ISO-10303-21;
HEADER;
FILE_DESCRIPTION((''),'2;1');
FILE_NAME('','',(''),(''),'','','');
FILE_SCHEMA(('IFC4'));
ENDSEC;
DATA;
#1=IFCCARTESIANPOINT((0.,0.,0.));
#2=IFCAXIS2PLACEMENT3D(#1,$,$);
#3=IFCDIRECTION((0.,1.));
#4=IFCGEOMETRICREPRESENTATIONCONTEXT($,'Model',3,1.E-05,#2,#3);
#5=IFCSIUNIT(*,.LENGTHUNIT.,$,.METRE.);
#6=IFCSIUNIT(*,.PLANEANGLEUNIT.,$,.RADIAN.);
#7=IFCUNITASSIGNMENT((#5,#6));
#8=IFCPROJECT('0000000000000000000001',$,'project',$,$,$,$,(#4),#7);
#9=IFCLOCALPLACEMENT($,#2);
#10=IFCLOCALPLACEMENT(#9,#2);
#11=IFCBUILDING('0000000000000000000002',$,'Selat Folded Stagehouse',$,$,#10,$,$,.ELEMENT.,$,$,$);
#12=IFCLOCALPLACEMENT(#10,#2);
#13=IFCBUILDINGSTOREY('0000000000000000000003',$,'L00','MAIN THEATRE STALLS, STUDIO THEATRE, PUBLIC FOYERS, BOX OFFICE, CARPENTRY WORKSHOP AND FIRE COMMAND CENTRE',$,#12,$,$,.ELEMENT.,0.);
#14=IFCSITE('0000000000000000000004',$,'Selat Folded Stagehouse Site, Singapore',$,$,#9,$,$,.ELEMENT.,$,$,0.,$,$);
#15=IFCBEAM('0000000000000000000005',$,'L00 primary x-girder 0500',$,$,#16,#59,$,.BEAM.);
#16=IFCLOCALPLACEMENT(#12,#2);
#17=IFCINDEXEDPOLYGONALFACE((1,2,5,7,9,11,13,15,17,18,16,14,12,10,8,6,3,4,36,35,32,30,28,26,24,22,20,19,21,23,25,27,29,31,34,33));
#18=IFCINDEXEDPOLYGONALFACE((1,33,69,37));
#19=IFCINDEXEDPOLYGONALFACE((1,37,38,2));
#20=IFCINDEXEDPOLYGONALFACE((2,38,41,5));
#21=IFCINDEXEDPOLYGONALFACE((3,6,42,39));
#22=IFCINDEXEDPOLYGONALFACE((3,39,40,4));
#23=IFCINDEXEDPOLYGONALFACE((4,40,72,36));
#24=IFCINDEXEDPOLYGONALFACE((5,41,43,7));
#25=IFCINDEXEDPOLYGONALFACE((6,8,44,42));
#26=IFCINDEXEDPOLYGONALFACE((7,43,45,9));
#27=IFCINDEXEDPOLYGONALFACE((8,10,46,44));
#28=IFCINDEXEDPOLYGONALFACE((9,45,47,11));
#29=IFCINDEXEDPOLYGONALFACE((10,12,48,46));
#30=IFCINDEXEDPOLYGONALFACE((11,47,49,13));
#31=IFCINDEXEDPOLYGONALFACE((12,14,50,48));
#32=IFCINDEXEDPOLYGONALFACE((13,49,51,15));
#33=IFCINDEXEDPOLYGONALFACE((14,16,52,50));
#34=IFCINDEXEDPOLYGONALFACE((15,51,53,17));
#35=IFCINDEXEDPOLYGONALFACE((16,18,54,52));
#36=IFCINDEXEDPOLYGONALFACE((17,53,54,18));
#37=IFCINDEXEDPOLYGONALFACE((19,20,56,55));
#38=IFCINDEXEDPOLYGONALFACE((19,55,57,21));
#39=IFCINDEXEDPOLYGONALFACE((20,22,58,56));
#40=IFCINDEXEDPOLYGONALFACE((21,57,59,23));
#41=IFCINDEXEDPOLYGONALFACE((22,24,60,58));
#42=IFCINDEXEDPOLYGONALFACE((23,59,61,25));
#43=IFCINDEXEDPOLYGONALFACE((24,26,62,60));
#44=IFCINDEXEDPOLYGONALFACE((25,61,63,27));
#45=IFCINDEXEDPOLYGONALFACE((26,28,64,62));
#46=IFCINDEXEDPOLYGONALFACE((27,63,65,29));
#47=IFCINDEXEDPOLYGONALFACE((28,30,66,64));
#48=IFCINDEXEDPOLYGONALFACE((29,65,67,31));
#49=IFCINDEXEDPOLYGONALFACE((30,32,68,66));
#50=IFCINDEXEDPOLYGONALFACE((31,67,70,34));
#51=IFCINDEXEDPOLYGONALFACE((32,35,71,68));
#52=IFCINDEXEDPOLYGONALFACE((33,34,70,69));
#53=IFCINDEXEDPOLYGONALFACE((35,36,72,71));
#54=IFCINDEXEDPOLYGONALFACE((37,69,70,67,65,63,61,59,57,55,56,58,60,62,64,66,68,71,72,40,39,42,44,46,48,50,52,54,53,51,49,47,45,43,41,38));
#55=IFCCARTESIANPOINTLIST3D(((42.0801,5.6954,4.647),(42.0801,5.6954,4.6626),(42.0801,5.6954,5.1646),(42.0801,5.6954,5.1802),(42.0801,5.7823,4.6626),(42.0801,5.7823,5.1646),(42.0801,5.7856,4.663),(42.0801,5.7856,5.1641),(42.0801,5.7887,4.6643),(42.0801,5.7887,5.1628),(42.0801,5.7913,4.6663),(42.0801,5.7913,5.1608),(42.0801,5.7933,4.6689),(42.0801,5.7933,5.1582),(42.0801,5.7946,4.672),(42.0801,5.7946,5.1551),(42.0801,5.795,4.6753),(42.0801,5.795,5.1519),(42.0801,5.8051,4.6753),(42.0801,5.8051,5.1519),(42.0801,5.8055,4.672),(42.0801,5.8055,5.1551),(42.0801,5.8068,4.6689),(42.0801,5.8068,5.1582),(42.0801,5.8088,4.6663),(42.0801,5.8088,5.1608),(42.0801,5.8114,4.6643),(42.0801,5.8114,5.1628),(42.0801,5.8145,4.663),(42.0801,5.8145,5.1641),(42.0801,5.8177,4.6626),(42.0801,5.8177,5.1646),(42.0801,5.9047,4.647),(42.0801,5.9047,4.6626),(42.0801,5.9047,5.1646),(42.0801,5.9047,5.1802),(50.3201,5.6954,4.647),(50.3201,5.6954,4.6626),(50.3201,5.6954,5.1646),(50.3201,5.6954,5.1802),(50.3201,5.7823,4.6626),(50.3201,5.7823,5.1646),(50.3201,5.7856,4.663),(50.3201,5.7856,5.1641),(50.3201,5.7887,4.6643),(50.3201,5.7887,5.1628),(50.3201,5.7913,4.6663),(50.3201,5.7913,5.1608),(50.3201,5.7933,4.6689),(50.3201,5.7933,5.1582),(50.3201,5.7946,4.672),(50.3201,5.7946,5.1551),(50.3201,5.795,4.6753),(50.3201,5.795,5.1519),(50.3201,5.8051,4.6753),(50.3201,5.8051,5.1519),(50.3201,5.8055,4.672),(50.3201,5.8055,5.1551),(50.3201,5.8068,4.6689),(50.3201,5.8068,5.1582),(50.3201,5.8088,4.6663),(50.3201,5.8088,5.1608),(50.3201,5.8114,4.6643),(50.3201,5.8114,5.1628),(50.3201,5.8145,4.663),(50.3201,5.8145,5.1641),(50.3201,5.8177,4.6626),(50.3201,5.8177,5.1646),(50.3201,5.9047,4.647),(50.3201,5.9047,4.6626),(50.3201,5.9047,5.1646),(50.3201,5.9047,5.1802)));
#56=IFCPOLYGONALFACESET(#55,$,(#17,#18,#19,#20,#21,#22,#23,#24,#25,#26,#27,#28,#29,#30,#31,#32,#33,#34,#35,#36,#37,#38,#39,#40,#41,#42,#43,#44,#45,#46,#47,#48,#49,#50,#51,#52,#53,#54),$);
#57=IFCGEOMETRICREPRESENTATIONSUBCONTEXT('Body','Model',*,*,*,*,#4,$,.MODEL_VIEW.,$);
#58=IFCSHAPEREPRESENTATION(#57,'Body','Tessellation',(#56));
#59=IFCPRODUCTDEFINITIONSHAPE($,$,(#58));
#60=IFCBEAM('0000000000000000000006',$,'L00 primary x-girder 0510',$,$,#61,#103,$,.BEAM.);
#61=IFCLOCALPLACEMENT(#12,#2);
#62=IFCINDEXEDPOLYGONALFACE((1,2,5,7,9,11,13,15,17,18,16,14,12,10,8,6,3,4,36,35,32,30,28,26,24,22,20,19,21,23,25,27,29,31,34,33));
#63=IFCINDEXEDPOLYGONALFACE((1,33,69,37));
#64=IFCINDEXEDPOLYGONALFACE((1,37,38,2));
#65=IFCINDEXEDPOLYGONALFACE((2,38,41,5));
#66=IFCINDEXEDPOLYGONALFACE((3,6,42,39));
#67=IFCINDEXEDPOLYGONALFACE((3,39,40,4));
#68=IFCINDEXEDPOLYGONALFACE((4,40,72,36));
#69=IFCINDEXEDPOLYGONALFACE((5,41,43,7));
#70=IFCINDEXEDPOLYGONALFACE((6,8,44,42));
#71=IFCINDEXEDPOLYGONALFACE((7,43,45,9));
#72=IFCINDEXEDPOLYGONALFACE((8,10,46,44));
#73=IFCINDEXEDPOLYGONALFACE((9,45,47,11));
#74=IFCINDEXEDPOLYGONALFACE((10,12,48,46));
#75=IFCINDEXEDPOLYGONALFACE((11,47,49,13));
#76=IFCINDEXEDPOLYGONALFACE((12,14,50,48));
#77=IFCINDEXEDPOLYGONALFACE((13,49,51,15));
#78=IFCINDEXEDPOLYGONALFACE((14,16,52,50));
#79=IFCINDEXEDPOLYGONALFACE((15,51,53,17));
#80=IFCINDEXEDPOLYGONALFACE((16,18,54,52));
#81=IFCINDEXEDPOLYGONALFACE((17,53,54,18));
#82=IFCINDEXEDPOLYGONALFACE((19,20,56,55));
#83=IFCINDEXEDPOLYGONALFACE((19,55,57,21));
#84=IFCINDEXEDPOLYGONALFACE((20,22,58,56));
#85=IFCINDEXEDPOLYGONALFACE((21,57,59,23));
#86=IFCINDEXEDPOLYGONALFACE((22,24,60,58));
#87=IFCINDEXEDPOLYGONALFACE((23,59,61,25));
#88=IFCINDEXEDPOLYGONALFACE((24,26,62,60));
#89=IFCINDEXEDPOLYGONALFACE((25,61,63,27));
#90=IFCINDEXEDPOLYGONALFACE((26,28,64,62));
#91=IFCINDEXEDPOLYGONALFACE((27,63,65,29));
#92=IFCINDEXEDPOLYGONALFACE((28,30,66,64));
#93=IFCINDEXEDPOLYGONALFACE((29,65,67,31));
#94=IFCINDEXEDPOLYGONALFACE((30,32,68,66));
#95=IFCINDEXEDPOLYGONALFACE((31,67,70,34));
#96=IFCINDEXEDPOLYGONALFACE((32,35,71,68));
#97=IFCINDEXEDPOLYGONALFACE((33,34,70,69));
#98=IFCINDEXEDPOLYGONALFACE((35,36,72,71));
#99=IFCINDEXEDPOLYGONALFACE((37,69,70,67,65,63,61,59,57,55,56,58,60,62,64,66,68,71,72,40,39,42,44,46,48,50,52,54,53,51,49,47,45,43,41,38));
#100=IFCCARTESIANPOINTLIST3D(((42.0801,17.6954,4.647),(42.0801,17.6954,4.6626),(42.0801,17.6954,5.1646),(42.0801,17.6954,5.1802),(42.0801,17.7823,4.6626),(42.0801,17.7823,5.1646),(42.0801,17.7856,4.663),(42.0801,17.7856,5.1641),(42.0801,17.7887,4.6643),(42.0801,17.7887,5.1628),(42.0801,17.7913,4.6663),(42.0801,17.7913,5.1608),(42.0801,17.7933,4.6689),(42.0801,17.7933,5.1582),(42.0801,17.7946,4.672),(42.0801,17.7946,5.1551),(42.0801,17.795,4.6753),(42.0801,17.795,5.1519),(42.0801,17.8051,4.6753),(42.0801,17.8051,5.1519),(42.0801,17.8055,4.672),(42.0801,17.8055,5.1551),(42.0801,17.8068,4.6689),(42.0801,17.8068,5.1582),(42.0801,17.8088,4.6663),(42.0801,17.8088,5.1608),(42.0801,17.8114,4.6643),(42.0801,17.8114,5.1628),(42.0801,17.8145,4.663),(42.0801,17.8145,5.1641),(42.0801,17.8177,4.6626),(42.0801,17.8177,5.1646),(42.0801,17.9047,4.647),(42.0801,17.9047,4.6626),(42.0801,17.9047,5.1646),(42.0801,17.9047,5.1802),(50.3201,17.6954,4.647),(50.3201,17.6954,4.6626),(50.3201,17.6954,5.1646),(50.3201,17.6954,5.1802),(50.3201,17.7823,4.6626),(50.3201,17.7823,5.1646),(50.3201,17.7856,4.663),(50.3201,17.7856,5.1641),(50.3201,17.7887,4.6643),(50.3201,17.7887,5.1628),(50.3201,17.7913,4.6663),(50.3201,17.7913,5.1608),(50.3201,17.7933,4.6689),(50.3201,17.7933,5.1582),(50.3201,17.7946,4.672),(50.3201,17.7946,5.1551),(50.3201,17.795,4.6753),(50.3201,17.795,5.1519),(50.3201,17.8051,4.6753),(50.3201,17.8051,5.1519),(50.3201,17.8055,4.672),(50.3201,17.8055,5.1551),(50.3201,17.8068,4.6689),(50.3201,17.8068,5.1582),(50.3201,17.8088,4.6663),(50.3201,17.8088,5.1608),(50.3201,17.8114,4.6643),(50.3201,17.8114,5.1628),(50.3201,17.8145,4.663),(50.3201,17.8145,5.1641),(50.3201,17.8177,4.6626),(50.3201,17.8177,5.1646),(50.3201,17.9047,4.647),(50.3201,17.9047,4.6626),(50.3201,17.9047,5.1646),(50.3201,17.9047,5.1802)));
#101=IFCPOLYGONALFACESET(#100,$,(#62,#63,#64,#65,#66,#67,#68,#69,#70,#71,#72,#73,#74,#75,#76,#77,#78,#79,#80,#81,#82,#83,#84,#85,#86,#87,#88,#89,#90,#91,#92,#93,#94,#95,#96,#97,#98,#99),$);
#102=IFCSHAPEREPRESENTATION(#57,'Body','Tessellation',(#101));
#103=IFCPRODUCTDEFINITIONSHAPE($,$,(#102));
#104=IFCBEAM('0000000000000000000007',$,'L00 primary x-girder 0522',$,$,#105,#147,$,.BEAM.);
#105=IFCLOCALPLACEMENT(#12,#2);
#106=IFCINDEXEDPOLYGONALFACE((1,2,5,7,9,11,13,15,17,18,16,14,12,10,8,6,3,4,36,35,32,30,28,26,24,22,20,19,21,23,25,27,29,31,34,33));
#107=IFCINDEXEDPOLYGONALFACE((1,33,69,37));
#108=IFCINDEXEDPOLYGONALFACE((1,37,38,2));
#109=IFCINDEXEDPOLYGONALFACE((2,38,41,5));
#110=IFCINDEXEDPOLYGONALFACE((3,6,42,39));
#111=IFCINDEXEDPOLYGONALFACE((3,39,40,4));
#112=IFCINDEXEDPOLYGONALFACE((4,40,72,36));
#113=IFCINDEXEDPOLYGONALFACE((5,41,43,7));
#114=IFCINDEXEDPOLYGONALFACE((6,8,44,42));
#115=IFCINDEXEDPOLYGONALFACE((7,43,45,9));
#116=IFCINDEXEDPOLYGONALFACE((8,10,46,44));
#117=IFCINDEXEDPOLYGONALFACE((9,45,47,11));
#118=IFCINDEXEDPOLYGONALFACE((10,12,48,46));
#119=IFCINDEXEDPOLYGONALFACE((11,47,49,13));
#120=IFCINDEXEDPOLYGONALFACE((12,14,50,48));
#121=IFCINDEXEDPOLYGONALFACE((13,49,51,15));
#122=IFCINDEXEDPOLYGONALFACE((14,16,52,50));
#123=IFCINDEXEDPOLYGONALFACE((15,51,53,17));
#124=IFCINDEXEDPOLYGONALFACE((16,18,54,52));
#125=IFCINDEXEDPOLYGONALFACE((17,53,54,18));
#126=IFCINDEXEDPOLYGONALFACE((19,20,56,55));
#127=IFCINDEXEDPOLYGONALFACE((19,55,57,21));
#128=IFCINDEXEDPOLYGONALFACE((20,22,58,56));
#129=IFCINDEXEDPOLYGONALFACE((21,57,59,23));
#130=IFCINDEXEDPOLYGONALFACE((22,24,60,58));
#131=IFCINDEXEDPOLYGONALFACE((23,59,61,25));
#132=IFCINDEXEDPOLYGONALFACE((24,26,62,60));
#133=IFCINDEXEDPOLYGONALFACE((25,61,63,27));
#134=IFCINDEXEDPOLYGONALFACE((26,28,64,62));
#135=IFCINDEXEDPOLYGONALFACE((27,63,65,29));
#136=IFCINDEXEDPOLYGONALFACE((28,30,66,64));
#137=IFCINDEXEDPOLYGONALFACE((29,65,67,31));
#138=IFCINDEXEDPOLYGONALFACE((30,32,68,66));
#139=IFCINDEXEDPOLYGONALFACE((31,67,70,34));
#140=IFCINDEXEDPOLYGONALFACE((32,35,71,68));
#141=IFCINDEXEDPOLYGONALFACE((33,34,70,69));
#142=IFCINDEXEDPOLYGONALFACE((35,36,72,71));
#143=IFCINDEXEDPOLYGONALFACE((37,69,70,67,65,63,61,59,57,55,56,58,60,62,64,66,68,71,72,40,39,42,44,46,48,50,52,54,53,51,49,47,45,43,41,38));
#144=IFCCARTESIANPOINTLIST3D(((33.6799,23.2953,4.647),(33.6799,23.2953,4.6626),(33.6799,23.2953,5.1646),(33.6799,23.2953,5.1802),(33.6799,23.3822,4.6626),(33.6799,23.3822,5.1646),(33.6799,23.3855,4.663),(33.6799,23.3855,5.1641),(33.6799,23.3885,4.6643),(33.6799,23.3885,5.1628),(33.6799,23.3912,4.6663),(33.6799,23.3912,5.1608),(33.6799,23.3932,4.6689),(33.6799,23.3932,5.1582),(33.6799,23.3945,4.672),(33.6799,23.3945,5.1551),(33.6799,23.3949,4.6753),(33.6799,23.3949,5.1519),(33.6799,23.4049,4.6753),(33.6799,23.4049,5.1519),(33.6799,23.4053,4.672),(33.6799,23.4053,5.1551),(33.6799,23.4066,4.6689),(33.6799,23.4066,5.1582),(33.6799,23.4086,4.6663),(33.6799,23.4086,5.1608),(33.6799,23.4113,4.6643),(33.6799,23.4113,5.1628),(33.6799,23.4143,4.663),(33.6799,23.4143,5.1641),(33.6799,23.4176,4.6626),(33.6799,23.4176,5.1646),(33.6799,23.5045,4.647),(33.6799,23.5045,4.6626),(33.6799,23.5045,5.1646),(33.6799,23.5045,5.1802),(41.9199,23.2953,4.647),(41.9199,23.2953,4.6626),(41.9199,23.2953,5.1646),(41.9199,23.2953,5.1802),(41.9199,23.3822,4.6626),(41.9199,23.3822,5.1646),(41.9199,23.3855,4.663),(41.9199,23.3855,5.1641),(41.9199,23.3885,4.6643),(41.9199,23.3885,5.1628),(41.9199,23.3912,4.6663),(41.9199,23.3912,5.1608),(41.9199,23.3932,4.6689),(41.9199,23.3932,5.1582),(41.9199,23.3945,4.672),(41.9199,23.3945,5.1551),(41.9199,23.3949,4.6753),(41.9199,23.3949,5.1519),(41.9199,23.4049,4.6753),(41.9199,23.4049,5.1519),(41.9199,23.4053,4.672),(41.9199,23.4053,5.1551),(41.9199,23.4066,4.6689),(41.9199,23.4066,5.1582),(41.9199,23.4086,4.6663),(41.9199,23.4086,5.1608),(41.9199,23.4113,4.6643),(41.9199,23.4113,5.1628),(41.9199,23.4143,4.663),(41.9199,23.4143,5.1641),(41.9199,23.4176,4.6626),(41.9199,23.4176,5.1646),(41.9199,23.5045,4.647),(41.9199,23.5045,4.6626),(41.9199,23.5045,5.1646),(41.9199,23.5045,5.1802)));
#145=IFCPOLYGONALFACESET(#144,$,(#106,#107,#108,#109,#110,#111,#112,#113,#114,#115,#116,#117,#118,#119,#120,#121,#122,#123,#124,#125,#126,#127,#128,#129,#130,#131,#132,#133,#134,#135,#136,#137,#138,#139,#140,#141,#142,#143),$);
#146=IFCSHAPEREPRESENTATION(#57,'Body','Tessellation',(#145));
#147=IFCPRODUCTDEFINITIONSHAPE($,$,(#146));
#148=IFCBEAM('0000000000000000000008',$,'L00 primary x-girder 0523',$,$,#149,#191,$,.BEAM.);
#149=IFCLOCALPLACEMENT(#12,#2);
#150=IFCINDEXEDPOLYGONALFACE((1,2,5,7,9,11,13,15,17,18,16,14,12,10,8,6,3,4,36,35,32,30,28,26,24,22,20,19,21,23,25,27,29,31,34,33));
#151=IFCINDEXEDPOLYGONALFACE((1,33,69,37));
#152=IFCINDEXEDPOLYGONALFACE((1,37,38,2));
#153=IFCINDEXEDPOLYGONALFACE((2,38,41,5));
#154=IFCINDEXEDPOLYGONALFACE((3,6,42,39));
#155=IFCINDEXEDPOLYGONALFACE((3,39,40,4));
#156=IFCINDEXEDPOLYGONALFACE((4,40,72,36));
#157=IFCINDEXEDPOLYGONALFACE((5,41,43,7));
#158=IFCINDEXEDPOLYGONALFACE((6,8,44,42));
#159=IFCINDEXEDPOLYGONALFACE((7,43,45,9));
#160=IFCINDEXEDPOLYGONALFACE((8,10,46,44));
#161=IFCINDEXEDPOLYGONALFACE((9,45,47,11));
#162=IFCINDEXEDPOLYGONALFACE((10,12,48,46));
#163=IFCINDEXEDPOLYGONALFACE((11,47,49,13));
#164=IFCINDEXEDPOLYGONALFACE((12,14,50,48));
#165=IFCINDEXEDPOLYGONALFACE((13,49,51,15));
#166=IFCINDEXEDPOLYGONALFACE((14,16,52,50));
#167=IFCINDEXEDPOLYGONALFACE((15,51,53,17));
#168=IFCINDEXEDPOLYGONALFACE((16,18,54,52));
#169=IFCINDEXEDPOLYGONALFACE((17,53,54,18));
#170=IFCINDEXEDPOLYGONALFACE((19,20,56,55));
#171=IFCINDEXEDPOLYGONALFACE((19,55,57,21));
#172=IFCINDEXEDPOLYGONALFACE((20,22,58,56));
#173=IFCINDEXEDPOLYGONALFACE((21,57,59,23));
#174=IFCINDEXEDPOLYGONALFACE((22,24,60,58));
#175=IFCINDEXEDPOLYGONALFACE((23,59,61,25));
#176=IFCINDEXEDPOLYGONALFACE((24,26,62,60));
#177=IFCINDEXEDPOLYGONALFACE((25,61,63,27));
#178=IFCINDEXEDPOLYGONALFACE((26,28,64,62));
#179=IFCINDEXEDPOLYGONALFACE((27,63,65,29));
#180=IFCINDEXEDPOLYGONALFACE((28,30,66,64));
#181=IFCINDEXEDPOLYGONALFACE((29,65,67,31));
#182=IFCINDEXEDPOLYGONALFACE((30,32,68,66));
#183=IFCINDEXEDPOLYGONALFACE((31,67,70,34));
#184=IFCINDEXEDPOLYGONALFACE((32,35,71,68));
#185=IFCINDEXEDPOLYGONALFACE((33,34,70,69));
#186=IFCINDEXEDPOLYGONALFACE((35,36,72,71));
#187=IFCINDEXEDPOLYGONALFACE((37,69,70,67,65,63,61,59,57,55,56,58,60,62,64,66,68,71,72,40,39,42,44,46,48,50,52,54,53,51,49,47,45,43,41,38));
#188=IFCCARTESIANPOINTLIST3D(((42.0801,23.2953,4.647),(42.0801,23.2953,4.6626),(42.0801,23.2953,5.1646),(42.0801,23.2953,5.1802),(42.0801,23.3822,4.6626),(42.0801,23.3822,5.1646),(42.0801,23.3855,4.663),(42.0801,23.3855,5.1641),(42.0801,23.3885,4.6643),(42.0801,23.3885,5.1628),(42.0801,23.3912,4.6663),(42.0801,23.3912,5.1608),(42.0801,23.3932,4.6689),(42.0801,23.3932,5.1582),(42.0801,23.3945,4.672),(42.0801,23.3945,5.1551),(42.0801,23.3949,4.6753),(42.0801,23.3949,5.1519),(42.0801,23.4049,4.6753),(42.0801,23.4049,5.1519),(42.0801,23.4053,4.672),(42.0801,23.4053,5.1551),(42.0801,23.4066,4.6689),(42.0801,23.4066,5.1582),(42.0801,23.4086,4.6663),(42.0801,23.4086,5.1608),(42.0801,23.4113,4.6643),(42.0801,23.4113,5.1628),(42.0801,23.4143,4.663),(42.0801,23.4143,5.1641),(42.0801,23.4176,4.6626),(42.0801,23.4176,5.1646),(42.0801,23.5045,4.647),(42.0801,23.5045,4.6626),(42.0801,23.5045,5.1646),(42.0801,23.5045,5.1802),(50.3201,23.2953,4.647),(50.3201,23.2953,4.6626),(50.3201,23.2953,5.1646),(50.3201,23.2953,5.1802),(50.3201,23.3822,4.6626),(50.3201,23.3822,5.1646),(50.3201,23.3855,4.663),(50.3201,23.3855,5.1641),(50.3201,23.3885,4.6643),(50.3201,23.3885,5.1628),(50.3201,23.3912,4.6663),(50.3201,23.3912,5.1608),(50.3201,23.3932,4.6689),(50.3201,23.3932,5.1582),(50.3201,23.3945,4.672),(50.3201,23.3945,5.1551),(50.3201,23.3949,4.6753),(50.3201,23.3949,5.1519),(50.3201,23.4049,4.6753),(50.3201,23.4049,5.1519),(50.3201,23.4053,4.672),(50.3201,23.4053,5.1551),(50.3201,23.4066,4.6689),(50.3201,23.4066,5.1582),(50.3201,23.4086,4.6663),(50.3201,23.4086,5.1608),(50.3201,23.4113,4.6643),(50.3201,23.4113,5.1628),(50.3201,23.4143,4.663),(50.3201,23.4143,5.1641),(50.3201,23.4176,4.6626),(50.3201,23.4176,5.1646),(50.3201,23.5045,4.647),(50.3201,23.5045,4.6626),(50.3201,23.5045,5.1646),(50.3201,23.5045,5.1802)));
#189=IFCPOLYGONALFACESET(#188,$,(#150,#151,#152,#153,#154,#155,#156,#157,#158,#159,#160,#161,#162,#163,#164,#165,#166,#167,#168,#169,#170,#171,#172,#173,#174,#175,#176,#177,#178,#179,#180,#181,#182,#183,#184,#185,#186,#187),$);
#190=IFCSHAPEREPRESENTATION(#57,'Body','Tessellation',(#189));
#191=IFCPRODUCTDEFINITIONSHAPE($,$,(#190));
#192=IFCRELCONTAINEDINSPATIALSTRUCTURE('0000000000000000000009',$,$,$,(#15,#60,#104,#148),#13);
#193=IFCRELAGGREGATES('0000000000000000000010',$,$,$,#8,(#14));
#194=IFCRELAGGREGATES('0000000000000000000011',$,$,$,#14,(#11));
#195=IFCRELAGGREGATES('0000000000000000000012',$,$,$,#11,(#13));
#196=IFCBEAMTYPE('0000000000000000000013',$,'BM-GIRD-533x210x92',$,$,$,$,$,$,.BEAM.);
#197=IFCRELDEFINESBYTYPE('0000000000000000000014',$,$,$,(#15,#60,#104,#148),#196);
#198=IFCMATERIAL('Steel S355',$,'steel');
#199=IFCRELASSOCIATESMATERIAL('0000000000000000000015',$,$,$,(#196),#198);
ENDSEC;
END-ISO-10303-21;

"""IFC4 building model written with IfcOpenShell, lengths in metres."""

from ifc_helpers import new_model, si_unit, direction, frame, origin, origin_2d, place, context, subcontext, project, spatial, i_section, extrude, material, material_profile, profile_set, type_object, element, save


model = new_model("IFC4")

# Units and contexts
model_context = context("Model", 3, precision=1e-05, world=origin(), true_north=direction((0.0, 1.0)))
body_context = subcontext(model_context, "Body", "Model", "MODEL_VIEW")
ifc_project = project(units=[si_unit("LENGTHUNIT", "METRE"), si_unit("PLANEANGLEUNIT", "RADIAN")], contexts=[model_context])

# Site, building, storey
site_placement = place(None, origin())
site = spatial("IfcSite", under=ifc_project, at=site_placement, Name="Selat Folded Stagehouse Site, Singapore", CompositionType="ELEMENT", RefElevation=0.0)
building_placement = place(site_placement, origin())
building = spatial("IfcBuilding", under=site, at=building_placement, Name="Selat Folded Stagehouse", CompositionType="ELEMENT")
storey_placement = place(building_placement, origin())
storey = spatial("IfcBuildingStorey", under=building, at=storey_placement, Name="L00", Description="MAIN THEATRE STALLS, STUDIO THEATRE, PUBLIC FOYERS, BOX OFFICE, CARPENTRY WORKSHOP AND FIRE COMMAND CENTRE", CompositionType="ELEMENT", Elevation=0.0)

# Shared definitions
ifc_material_1 = material(Name="Steel S355", Category="steel")

# Beams
ifc_material_profile_1 = material_profile(ifc_material_1, i_section(OverallWidth=0.2092, OverallDepth=0.5332, WebThickness=0.01, FlangeThickness=0.0156, FilletRadius=0.0127, at=origin_2d()), Name="UKB 533x210x92")
ifc_profile_set_1 = profile_set([ifc_material_profile_1], Name="Steel S355")
beam_type_1 = type_object("IfcBeamType", Name="BM-GIRD-533x210x92", PredefinedType="BEAM", material=ifc_profile_set_1)
for number, where, z_axis, x_axis, name in (
    (1, (42.0801, 5.8, 4.9136), (1.0, 0.0, 0.0), (0.0, 1.0, 0.0), "L00 primary x-girder 0500"),
    (2, (42.0801, 17.8, 4.9136), (1.0, 0.0, 0.0), (0.0, 1.0, 0.0), "L00 primary x-girder 0510"),
    (3, (33.6799, 23.3999, 4.9136), (1.0, 0.0, 0.0), (0.0, 1.0, 0.0), "L00 primary x-girder 0522"),
    (4, (42.0801, 23.3999, 4.9136), (1.0, 0.0, 0.0), (0.0, 1.0, 0.0), "L00 primary x-girder 0523"),
):
    element("IfcBeam", number, at=place(storey_placement, frame(where, z_axis=z_axis, x_axis=x_axis)), inside=storey, type_object=beam_type_1, Name=name, PredefinedType="BEAM", context=body_context, shape_type="SweptSolid", body=[
        extrude(i_section(OverallWidth=0.2092, OverallDepth=0.5332, WebThickness=0.01, FlangeThickness=0.0156, FilletRadius=0.0127, at=origin_2d()), origin(), (0.0, 0.0, 1.0), 8.24),
    ])

save(model, "model.ifc")
